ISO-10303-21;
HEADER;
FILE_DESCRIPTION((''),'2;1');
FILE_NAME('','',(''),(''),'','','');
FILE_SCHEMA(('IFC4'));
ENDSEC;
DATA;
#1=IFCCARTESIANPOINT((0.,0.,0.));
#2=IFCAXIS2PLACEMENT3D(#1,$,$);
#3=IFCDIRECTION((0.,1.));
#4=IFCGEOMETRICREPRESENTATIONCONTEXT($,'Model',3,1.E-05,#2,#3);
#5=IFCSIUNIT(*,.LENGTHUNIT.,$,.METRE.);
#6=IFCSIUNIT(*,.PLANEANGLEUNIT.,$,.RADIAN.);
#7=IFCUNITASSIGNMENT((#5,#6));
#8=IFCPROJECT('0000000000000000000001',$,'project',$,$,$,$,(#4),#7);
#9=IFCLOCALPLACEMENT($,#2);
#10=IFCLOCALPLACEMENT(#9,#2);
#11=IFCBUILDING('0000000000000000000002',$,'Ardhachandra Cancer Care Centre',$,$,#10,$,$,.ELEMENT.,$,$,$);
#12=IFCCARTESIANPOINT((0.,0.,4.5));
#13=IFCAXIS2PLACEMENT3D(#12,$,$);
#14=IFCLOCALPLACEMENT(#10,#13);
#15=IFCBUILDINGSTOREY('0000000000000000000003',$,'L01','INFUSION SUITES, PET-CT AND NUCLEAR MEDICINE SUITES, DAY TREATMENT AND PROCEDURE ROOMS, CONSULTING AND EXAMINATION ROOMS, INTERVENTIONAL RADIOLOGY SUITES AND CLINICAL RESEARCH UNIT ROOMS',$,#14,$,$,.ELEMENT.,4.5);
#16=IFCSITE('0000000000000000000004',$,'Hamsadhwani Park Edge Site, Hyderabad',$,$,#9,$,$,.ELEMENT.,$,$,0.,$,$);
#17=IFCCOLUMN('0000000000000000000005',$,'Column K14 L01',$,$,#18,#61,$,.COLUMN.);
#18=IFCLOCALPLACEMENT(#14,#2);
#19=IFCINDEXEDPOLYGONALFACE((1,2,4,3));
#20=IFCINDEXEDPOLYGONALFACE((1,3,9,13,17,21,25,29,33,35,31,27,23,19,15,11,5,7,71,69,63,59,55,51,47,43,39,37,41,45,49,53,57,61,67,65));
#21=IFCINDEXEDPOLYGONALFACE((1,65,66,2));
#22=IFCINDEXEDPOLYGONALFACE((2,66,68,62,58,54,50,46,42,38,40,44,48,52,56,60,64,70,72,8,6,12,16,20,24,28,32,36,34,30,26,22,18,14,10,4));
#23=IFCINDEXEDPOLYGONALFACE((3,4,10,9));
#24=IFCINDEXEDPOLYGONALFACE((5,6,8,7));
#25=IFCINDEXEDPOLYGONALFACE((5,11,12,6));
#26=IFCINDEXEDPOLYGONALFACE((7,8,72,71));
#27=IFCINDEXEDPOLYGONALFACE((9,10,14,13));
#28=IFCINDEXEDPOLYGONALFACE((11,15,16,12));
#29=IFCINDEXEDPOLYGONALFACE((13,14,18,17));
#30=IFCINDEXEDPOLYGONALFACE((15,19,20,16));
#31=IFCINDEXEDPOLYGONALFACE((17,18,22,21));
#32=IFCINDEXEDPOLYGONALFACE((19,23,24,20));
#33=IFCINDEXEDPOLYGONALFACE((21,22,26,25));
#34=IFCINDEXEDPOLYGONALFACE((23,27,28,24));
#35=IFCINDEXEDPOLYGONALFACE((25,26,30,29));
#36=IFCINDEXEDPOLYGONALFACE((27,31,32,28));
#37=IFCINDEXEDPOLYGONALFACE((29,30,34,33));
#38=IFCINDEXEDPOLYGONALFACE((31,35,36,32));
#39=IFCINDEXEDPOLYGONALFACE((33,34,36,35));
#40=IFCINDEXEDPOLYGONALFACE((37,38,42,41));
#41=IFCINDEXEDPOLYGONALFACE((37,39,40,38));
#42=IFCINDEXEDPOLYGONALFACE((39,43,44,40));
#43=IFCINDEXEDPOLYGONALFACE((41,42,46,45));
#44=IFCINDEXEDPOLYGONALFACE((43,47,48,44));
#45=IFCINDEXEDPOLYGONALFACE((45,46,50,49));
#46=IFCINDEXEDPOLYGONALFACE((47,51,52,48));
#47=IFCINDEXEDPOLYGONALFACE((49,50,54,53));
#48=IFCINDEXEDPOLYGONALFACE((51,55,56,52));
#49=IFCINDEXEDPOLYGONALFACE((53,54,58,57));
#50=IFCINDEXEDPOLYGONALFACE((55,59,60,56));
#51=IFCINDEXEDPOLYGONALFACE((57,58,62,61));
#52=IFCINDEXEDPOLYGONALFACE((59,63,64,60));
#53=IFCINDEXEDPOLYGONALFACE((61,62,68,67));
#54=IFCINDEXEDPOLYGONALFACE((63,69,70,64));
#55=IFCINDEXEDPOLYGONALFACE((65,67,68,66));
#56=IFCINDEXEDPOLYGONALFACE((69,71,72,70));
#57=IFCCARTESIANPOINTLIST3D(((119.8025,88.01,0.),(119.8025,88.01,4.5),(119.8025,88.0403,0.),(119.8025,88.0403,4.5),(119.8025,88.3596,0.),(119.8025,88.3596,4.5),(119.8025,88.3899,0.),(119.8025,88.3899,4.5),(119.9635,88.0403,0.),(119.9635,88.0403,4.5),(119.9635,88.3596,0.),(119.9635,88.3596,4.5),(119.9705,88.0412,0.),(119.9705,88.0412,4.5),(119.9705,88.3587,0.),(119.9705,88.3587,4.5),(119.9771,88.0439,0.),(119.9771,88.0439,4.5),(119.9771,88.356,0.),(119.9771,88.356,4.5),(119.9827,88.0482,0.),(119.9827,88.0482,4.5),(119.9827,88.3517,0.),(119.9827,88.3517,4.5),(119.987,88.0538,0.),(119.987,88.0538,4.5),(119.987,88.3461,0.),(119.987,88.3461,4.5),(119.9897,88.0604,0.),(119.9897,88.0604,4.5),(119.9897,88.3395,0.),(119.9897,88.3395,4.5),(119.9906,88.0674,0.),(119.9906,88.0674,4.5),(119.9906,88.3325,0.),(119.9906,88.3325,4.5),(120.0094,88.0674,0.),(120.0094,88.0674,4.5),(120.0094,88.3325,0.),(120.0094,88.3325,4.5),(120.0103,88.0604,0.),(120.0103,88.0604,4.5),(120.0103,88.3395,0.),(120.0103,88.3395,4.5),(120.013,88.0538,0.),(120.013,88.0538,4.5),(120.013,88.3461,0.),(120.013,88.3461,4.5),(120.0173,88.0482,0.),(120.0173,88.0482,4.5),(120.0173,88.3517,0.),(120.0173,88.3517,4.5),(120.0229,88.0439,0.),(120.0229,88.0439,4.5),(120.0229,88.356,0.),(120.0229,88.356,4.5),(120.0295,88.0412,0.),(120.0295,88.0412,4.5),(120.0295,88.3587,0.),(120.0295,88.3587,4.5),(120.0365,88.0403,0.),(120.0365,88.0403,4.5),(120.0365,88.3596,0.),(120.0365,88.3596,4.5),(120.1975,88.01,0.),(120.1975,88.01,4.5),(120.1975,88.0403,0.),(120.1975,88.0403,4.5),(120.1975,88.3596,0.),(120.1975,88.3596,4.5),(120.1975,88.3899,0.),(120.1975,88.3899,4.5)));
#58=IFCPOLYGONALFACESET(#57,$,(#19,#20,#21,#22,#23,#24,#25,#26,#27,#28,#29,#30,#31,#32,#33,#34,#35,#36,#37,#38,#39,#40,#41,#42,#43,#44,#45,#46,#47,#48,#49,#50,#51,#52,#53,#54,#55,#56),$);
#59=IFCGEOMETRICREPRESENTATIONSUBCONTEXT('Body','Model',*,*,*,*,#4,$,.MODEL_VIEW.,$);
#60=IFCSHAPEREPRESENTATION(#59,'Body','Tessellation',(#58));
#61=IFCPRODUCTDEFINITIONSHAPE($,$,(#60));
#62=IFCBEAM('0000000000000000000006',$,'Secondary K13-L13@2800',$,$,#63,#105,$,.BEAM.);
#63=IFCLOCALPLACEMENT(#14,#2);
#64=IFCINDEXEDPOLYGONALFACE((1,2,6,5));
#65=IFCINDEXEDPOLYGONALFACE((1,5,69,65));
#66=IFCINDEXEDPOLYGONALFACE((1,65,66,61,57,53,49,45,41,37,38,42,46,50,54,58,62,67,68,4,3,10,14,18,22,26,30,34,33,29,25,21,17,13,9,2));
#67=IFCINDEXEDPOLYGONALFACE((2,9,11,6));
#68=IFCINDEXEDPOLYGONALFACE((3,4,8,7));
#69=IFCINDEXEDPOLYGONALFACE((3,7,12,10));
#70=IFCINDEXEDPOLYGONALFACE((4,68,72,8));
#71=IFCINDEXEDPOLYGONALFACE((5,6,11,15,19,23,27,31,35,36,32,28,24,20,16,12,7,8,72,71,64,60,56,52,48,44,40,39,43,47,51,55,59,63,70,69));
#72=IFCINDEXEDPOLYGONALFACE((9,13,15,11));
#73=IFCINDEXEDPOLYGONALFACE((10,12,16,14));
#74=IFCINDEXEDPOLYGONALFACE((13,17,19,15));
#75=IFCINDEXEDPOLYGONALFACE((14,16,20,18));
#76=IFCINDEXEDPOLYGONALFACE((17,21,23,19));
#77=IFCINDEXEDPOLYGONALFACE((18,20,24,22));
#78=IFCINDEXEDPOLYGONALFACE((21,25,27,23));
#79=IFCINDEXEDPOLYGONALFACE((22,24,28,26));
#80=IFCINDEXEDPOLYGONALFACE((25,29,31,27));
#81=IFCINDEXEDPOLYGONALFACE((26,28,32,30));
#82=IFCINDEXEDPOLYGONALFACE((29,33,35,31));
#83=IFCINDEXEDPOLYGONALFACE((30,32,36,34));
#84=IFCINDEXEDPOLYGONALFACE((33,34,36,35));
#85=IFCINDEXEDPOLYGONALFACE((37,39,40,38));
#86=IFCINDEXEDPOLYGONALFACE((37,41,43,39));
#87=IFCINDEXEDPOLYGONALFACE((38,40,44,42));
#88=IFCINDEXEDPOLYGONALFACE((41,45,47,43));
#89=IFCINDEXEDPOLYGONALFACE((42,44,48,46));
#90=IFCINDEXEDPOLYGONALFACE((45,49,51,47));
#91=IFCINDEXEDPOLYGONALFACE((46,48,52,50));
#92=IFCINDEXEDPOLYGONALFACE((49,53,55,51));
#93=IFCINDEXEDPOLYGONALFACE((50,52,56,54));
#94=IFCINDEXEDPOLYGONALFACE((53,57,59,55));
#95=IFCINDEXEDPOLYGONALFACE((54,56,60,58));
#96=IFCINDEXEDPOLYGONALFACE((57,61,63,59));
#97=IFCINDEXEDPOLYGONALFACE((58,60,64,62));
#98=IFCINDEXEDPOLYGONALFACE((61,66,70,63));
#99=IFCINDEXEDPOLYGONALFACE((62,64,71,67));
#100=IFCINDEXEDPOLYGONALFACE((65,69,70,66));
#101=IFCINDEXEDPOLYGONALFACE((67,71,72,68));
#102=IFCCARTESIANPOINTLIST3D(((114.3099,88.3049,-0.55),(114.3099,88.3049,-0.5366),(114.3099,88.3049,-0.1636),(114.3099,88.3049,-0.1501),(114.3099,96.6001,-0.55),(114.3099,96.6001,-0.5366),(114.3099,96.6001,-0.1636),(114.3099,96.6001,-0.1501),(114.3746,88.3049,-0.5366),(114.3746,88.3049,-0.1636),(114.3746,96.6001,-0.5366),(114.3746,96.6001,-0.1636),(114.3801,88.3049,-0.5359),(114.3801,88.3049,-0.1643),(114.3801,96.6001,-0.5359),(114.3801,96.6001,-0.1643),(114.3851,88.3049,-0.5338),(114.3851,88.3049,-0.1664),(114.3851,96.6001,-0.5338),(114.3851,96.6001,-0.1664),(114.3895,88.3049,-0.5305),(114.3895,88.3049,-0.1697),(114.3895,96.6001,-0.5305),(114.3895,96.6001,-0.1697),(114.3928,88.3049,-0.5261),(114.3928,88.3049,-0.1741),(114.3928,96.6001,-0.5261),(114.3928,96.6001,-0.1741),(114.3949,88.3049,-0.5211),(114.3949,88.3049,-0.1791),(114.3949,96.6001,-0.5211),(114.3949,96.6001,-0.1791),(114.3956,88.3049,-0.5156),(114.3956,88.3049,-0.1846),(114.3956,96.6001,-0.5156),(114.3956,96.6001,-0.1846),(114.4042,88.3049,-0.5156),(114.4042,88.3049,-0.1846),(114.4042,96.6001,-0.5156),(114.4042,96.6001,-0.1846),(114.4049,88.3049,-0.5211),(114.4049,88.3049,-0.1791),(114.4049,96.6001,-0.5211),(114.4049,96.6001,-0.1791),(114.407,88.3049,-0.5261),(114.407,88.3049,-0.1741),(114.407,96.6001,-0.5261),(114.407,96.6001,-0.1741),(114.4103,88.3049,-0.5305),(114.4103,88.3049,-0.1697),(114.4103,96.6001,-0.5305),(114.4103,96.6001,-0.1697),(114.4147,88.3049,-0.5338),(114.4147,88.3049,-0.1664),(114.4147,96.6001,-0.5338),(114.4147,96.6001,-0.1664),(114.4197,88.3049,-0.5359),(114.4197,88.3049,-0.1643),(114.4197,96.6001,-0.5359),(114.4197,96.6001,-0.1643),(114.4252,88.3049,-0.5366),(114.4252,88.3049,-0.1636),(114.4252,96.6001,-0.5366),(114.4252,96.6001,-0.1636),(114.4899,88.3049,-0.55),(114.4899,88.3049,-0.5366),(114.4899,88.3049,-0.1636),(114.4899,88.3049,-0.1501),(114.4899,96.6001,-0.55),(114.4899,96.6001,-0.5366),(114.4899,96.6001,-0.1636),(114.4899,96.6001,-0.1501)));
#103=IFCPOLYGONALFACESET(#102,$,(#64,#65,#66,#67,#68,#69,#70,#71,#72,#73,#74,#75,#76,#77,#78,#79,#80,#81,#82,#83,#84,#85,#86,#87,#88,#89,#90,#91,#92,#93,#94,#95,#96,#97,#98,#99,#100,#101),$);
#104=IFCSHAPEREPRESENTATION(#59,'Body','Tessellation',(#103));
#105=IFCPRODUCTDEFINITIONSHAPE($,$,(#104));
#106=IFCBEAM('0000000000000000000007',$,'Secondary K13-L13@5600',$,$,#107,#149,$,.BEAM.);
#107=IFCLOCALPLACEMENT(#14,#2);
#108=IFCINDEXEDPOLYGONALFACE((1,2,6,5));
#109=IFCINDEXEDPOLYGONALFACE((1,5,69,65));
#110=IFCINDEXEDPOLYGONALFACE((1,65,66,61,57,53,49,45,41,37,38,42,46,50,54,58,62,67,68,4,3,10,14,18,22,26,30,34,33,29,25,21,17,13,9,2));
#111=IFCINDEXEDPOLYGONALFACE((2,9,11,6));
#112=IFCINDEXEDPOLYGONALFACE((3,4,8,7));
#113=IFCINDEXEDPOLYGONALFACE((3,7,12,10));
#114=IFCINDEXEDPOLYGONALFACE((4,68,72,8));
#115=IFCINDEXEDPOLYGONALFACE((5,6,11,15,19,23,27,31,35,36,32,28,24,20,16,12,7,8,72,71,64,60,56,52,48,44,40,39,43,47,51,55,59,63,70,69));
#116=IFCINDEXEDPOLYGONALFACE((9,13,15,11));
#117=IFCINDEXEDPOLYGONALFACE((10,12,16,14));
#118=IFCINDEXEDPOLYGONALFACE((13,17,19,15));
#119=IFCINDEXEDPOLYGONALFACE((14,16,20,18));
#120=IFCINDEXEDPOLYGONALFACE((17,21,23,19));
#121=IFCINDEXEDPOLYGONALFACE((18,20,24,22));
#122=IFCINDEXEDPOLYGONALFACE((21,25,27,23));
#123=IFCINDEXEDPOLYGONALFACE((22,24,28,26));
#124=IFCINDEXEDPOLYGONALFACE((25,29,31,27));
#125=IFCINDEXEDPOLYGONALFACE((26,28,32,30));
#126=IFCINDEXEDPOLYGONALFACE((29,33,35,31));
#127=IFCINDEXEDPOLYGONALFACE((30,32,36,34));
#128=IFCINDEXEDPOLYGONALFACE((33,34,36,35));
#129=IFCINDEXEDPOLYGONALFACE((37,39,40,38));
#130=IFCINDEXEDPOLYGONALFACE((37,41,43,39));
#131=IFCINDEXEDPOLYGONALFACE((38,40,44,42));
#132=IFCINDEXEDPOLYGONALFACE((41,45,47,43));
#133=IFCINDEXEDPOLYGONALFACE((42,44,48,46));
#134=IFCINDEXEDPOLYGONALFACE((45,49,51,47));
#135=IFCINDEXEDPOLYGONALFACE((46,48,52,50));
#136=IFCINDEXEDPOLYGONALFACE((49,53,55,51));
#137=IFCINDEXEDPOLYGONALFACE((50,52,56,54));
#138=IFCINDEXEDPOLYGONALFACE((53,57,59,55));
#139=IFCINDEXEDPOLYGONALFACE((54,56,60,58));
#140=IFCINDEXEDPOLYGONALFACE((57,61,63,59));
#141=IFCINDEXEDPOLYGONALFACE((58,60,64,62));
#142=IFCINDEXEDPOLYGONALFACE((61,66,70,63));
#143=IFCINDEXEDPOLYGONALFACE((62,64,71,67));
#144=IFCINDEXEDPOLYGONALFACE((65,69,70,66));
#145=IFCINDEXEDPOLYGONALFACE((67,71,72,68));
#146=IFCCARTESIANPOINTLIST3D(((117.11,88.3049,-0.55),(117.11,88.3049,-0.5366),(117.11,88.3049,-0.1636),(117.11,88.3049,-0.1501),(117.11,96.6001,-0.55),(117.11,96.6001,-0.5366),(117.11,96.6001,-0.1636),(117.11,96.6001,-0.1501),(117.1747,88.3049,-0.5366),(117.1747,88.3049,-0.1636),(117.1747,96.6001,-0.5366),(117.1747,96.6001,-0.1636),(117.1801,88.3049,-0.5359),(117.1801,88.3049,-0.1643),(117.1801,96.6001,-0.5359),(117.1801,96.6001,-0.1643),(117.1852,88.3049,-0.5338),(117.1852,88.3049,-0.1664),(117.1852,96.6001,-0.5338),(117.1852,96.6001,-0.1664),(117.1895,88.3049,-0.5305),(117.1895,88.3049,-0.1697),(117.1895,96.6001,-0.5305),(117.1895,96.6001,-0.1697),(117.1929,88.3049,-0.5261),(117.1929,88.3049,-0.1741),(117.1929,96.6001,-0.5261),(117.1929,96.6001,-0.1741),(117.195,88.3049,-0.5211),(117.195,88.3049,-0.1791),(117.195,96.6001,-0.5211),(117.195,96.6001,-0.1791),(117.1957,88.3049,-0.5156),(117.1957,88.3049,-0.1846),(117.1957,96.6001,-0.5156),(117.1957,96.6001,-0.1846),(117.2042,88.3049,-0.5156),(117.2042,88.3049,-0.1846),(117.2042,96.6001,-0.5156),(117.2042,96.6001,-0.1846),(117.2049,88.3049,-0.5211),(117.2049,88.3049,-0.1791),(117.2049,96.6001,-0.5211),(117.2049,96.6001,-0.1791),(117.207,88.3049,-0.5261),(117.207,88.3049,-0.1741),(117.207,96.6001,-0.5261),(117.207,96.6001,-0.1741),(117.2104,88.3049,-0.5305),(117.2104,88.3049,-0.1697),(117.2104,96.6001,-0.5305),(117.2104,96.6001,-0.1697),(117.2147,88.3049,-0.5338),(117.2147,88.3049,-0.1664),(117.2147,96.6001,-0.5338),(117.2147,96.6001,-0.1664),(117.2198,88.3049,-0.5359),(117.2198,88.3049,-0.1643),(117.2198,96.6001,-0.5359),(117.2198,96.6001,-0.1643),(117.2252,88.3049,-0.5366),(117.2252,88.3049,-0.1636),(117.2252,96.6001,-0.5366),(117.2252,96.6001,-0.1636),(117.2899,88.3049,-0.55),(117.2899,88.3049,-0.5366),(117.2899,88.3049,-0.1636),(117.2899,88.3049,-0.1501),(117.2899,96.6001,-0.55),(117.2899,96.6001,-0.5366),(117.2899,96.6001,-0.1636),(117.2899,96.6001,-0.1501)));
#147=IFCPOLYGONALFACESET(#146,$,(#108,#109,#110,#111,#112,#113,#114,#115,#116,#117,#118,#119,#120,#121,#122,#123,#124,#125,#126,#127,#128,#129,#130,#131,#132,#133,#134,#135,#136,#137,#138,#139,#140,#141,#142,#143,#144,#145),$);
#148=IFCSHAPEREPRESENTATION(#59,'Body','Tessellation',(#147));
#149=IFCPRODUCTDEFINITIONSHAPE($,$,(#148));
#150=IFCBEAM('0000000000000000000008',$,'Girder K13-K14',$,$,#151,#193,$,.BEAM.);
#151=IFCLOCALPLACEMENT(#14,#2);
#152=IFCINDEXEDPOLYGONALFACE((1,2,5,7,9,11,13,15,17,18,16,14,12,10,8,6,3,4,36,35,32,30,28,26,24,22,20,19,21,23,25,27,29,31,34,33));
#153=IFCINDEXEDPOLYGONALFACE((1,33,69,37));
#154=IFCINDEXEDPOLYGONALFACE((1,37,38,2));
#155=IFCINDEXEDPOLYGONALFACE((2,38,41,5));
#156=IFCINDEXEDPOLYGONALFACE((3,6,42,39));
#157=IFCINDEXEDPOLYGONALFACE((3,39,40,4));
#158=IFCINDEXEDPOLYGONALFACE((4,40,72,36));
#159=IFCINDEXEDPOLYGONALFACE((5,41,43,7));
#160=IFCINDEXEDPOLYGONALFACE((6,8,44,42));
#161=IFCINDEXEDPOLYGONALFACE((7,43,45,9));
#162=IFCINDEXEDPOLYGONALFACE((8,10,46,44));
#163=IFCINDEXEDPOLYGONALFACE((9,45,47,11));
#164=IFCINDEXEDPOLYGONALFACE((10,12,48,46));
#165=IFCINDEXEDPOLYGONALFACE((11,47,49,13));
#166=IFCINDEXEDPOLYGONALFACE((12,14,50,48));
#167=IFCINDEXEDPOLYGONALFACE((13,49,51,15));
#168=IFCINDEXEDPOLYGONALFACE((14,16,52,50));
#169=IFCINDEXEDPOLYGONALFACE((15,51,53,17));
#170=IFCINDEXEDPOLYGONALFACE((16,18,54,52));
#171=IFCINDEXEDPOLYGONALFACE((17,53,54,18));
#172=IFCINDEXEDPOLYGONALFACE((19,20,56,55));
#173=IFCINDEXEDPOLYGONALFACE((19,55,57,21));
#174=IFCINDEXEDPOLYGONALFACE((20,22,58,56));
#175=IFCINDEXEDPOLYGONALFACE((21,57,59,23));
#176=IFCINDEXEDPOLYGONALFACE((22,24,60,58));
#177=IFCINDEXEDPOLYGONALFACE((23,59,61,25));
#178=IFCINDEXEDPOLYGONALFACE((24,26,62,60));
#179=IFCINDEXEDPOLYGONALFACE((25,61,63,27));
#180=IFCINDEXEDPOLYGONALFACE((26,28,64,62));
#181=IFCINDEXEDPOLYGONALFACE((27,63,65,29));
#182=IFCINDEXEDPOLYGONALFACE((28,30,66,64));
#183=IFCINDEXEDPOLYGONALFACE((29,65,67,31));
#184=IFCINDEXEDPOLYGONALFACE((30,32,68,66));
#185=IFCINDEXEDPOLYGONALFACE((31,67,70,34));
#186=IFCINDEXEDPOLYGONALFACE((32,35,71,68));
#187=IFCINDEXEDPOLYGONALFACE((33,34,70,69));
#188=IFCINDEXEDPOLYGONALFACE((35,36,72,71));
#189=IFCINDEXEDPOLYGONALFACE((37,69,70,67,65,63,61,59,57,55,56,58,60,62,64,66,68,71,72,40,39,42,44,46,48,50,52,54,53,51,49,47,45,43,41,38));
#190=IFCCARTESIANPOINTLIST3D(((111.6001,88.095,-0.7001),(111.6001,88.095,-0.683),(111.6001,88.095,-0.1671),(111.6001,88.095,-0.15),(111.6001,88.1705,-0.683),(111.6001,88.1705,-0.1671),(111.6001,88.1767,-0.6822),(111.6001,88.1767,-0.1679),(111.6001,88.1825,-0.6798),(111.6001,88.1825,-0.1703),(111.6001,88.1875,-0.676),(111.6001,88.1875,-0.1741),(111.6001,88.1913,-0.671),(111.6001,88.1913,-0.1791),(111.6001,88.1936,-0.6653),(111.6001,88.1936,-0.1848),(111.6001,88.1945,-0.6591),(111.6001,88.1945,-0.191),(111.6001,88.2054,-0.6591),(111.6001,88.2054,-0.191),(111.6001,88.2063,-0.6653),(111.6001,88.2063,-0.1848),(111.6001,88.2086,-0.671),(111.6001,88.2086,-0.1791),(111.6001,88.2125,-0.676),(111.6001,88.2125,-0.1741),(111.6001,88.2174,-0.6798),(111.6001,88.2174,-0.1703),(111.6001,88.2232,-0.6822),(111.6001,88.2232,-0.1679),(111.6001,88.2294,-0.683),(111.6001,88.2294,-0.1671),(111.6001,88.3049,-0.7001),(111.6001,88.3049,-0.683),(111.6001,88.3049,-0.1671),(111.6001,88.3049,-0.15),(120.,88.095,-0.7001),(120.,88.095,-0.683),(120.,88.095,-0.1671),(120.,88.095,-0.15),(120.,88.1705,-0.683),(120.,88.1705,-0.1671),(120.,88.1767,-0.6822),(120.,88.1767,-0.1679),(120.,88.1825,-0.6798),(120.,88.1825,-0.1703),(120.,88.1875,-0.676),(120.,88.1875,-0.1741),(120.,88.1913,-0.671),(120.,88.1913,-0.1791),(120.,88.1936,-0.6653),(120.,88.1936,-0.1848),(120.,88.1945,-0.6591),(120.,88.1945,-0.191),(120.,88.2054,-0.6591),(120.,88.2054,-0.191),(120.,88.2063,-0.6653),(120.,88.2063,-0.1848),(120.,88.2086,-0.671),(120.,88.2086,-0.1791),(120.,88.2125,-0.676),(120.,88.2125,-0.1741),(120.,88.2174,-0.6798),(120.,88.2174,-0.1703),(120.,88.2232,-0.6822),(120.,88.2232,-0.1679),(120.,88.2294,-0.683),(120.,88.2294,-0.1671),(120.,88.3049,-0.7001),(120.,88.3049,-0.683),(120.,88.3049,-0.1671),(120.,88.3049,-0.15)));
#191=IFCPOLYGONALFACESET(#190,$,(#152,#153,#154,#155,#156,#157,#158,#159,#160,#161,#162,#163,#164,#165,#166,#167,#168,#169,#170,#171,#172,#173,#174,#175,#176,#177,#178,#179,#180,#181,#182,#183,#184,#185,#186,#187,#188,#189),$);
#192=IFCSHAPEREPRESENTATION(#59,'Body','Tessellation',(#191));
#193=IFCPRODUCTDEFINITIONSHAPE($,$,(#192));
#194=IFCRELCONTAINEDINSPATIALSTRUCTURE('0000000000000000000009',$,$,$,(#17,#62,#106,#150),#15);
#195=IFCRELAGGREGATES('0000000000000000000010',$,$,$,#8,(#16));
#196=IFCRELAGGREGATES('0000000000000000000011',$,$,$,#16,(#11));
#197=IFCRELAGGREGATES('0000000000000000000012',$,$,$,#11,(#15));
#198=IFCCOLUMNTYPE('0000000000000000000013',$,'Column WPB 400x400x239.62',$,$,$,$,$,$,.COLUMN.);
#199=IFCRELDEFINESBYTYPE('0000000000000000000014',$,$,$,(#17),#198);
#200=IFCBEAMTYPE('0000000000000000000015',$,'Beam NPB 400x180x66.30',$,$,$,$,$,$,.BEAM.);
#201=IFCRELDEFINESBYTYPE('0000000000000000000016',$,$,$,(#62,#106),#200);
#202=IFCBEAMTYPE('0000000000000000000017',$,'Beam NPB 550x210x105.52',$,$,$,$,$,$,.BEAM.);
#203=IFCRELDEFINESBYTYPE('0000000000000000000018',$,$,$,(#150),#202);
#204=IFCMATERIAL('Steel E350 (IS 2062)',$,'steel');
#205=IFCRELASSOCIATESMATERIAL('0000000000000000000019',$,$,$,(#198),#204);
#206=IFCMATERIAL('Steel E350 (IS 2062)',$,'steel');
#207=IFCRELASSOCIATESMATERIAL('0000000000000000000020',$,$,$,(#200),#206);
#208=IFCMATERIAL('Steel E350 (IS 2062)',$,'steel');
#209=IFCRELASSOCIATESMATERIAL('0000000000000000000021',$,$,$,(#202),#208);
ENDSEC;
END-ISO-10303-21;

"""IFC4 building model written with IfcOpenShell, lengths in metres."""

from ifc_helpers import new_model, si_unit, direction, frame, origin, origin_2d, place, context, subcontext, project, spatial, i_section, extrude, material, material_profile, profile_set, type_object, element, save


model = new_model("IFC4")

# Units and contexts
model_context = context("Model", 3, precision=1e-05, world=origin(), true_north=direction((0.0, 1.0)))
body_context = subcontext(model_context, "Body", "Model", "MODEL_VIEW")
ifc_project = project(units=[si_unit("LENGTHUNIT", "METRE"), si_unit("PLANEANGLEUNIT", "RADIAN")], contexts=[model_context])

# Site, building, storey
site_placement = place(None, origin())
site = spatial("IfcSite", under=ifc_project, at=site_placement, Name="Hamsadhwani Park Edge Site, Hyderabad", CompositionType="ELEMENT", RefElevation=0.0)
building_placement = place(site_placement, origin())
building = spatial("IfcBuilding", under=site, at=building_placement, Name="Ardhachandra Cancer Care Centre", CompositionType="ELEMENT")
storey_placement = place(building_placement, frame((0.0, 0.0, 4.5)))
storey = spatial("IfcBuildingStorey", under=building, at=storey_placement, Name="L01", Description="INFUSION SUITES, PET-CT AND NUCLEAR MEDICINE SUITES, DAY TREATMENT AND PROCEDURE ROOMS, CONSULTING AND EXAMINATION ROOMS, INTERVENTIONAL RADIOLOGY SUITES AND CLINICAL RESEARCH UNIT ROOMS", CompositionType="ELEMENT", Elevation=4.5)

# Column
ifc_material_1 = material(Name="Steel E350 (IS 2062)", Category="steel")
ifc_material_profile_1 = material_profile(ifc_material_1, i_section(OverallWidth=0.395, OverallDepth=0.3799, WebThickness=0.0188, FlangeThickness=0.0303, FilletRadius=0.0271, at=origin_2d()), Name="WPB 400x400x239.62")
ifc_profile_set_1 = profile_set([ifc_material_profile_1], Name="Steel E350 (IS 2062)")
column_type = type_object("IfcColumnType", Name="Column WPB 400x400x239.62", PredefinedType="COLUMN", material=ifc_profile_set_1)
column_placement = place(storey_placement, frame((120.0, 88.2, 0.0), z_axis=(0.0, 0.0, 1.0), x_axis=(1.0, 0.0, 0.0)))
element("IfcColumn", 1, at=column_placement, inside=storey, type_object=column_type, Name="Column K14 L01", PredefinedType="COLUMN", context=body_context, shape_type="SweptSolid", body=[
    extrude(i_section(OverallWidth=0.395, OverallDepth=0.3799, WebThickness=0.0188, FlangeThickness=0.0303, FilletRadius=0.0271, at=origin_2d()), origin(), (0.0, 0.0, 1.0), 4.5),
])

# Beams
ifc_material_2 = material(Name="Steel E350 (IS 2062)", Category="steel")
ifc_material_profile_2 = material_profile(ifc_material_2, i_section(OverallWidth=0.1799, OverallDepth=0.3999, WebThickness=0.0085, FlangeThickness=0.0134, FilletRadius=0.021, at=origin_2d()), Name="NPB 400x180x66.30")
ifc_profile_set_2 = profile_set([ifc_material_profile_2], Name="Steel E350 (IS 2062)")
beam_type_1 = type_object("IfcBeamType", Name="Beam NPB 400x180x66.30", PredefinedType="BEAM", material=ifc_profile_set_2)
for number, where, z_axis, x_axis, name in (
    (2, (114.3999, 88.3049, -0.3501), (0.0, 1.0, 0.0), (-1.0, 0.0, 0.0), "Secondary K13-L13@2800"),
    (3, (117.2, 88.3049, -0.3501), (0.0, 1.0, 0.0), (-1.0, 0.0, 0.0), "Secondary K13-L13@5600"),
):
    element("IfcBeam", number, at=place(storey_placement, frame(where, z_axis=z_axis, x_axis=x_axis)), inside=storey, type_object=beam_type_1, Name=name, PredefinedType="BEAM", context=body_context, shape_type="SweptSolid", body=[
        extrude(i_section(OverallWidth=0.1799, OverallDepth=0.3999, WebThickness=0.0085, FlangeThickness=0.0134, FilletRadius=0.021, at=origin_2d()), origin(), (0.0, 0.0, 1.0), 8.2952),
    ])
ifc_material_3 = material(Name="Steel E350 (IS 2062)", Category="steel")
ifc_material_profile_3 = material_profile(ifc_material_3, i_section(OverallWidth=0.21, OverallDepth=0.55, WebThickness=0.011, FlangeThickness=0.0171, FilletRadius=0.0239, at=origin_2d()), Name="NPB 550x210x105.52")
ifc_profile_set_3 = profile_set([ifc_material_profile_3], Name="Steel E350 (IS 2062)")
beam_type_2 = type_object("IfcBeamType", Name="Beam NPB 550x210x105.52", PredefinedType="BEAM", material=ifc_profile_set_3)
for number, where, z_axis, x_axis, name in (
    (4, (111.6001, 88.2, -0.425), (1.0, 0.0, 0.0), (0.0, 1.0, 0.0), "Girder K13-K14"),
):
    element("IfcBeam", number, at=place(storey_placement, frame(where, z_axis=z_axis, x_axis=x_axis)), inside=storey, type_object=beam_type_2, Name=name, PredefinedType="BEAM", context=body_context, shape_type="SweptSolid", body=[
        extrude(i_section(OverallWidth=0.21, OverallDepth=0.55, WebThickness=0.011, FlangeThickness=0.0171, FilletRadius=0.0239, at=origin_2d()), origin(), (0.0, 0.0, 1.0), 8.3999),
    ])

save(model, "model.ifc")
